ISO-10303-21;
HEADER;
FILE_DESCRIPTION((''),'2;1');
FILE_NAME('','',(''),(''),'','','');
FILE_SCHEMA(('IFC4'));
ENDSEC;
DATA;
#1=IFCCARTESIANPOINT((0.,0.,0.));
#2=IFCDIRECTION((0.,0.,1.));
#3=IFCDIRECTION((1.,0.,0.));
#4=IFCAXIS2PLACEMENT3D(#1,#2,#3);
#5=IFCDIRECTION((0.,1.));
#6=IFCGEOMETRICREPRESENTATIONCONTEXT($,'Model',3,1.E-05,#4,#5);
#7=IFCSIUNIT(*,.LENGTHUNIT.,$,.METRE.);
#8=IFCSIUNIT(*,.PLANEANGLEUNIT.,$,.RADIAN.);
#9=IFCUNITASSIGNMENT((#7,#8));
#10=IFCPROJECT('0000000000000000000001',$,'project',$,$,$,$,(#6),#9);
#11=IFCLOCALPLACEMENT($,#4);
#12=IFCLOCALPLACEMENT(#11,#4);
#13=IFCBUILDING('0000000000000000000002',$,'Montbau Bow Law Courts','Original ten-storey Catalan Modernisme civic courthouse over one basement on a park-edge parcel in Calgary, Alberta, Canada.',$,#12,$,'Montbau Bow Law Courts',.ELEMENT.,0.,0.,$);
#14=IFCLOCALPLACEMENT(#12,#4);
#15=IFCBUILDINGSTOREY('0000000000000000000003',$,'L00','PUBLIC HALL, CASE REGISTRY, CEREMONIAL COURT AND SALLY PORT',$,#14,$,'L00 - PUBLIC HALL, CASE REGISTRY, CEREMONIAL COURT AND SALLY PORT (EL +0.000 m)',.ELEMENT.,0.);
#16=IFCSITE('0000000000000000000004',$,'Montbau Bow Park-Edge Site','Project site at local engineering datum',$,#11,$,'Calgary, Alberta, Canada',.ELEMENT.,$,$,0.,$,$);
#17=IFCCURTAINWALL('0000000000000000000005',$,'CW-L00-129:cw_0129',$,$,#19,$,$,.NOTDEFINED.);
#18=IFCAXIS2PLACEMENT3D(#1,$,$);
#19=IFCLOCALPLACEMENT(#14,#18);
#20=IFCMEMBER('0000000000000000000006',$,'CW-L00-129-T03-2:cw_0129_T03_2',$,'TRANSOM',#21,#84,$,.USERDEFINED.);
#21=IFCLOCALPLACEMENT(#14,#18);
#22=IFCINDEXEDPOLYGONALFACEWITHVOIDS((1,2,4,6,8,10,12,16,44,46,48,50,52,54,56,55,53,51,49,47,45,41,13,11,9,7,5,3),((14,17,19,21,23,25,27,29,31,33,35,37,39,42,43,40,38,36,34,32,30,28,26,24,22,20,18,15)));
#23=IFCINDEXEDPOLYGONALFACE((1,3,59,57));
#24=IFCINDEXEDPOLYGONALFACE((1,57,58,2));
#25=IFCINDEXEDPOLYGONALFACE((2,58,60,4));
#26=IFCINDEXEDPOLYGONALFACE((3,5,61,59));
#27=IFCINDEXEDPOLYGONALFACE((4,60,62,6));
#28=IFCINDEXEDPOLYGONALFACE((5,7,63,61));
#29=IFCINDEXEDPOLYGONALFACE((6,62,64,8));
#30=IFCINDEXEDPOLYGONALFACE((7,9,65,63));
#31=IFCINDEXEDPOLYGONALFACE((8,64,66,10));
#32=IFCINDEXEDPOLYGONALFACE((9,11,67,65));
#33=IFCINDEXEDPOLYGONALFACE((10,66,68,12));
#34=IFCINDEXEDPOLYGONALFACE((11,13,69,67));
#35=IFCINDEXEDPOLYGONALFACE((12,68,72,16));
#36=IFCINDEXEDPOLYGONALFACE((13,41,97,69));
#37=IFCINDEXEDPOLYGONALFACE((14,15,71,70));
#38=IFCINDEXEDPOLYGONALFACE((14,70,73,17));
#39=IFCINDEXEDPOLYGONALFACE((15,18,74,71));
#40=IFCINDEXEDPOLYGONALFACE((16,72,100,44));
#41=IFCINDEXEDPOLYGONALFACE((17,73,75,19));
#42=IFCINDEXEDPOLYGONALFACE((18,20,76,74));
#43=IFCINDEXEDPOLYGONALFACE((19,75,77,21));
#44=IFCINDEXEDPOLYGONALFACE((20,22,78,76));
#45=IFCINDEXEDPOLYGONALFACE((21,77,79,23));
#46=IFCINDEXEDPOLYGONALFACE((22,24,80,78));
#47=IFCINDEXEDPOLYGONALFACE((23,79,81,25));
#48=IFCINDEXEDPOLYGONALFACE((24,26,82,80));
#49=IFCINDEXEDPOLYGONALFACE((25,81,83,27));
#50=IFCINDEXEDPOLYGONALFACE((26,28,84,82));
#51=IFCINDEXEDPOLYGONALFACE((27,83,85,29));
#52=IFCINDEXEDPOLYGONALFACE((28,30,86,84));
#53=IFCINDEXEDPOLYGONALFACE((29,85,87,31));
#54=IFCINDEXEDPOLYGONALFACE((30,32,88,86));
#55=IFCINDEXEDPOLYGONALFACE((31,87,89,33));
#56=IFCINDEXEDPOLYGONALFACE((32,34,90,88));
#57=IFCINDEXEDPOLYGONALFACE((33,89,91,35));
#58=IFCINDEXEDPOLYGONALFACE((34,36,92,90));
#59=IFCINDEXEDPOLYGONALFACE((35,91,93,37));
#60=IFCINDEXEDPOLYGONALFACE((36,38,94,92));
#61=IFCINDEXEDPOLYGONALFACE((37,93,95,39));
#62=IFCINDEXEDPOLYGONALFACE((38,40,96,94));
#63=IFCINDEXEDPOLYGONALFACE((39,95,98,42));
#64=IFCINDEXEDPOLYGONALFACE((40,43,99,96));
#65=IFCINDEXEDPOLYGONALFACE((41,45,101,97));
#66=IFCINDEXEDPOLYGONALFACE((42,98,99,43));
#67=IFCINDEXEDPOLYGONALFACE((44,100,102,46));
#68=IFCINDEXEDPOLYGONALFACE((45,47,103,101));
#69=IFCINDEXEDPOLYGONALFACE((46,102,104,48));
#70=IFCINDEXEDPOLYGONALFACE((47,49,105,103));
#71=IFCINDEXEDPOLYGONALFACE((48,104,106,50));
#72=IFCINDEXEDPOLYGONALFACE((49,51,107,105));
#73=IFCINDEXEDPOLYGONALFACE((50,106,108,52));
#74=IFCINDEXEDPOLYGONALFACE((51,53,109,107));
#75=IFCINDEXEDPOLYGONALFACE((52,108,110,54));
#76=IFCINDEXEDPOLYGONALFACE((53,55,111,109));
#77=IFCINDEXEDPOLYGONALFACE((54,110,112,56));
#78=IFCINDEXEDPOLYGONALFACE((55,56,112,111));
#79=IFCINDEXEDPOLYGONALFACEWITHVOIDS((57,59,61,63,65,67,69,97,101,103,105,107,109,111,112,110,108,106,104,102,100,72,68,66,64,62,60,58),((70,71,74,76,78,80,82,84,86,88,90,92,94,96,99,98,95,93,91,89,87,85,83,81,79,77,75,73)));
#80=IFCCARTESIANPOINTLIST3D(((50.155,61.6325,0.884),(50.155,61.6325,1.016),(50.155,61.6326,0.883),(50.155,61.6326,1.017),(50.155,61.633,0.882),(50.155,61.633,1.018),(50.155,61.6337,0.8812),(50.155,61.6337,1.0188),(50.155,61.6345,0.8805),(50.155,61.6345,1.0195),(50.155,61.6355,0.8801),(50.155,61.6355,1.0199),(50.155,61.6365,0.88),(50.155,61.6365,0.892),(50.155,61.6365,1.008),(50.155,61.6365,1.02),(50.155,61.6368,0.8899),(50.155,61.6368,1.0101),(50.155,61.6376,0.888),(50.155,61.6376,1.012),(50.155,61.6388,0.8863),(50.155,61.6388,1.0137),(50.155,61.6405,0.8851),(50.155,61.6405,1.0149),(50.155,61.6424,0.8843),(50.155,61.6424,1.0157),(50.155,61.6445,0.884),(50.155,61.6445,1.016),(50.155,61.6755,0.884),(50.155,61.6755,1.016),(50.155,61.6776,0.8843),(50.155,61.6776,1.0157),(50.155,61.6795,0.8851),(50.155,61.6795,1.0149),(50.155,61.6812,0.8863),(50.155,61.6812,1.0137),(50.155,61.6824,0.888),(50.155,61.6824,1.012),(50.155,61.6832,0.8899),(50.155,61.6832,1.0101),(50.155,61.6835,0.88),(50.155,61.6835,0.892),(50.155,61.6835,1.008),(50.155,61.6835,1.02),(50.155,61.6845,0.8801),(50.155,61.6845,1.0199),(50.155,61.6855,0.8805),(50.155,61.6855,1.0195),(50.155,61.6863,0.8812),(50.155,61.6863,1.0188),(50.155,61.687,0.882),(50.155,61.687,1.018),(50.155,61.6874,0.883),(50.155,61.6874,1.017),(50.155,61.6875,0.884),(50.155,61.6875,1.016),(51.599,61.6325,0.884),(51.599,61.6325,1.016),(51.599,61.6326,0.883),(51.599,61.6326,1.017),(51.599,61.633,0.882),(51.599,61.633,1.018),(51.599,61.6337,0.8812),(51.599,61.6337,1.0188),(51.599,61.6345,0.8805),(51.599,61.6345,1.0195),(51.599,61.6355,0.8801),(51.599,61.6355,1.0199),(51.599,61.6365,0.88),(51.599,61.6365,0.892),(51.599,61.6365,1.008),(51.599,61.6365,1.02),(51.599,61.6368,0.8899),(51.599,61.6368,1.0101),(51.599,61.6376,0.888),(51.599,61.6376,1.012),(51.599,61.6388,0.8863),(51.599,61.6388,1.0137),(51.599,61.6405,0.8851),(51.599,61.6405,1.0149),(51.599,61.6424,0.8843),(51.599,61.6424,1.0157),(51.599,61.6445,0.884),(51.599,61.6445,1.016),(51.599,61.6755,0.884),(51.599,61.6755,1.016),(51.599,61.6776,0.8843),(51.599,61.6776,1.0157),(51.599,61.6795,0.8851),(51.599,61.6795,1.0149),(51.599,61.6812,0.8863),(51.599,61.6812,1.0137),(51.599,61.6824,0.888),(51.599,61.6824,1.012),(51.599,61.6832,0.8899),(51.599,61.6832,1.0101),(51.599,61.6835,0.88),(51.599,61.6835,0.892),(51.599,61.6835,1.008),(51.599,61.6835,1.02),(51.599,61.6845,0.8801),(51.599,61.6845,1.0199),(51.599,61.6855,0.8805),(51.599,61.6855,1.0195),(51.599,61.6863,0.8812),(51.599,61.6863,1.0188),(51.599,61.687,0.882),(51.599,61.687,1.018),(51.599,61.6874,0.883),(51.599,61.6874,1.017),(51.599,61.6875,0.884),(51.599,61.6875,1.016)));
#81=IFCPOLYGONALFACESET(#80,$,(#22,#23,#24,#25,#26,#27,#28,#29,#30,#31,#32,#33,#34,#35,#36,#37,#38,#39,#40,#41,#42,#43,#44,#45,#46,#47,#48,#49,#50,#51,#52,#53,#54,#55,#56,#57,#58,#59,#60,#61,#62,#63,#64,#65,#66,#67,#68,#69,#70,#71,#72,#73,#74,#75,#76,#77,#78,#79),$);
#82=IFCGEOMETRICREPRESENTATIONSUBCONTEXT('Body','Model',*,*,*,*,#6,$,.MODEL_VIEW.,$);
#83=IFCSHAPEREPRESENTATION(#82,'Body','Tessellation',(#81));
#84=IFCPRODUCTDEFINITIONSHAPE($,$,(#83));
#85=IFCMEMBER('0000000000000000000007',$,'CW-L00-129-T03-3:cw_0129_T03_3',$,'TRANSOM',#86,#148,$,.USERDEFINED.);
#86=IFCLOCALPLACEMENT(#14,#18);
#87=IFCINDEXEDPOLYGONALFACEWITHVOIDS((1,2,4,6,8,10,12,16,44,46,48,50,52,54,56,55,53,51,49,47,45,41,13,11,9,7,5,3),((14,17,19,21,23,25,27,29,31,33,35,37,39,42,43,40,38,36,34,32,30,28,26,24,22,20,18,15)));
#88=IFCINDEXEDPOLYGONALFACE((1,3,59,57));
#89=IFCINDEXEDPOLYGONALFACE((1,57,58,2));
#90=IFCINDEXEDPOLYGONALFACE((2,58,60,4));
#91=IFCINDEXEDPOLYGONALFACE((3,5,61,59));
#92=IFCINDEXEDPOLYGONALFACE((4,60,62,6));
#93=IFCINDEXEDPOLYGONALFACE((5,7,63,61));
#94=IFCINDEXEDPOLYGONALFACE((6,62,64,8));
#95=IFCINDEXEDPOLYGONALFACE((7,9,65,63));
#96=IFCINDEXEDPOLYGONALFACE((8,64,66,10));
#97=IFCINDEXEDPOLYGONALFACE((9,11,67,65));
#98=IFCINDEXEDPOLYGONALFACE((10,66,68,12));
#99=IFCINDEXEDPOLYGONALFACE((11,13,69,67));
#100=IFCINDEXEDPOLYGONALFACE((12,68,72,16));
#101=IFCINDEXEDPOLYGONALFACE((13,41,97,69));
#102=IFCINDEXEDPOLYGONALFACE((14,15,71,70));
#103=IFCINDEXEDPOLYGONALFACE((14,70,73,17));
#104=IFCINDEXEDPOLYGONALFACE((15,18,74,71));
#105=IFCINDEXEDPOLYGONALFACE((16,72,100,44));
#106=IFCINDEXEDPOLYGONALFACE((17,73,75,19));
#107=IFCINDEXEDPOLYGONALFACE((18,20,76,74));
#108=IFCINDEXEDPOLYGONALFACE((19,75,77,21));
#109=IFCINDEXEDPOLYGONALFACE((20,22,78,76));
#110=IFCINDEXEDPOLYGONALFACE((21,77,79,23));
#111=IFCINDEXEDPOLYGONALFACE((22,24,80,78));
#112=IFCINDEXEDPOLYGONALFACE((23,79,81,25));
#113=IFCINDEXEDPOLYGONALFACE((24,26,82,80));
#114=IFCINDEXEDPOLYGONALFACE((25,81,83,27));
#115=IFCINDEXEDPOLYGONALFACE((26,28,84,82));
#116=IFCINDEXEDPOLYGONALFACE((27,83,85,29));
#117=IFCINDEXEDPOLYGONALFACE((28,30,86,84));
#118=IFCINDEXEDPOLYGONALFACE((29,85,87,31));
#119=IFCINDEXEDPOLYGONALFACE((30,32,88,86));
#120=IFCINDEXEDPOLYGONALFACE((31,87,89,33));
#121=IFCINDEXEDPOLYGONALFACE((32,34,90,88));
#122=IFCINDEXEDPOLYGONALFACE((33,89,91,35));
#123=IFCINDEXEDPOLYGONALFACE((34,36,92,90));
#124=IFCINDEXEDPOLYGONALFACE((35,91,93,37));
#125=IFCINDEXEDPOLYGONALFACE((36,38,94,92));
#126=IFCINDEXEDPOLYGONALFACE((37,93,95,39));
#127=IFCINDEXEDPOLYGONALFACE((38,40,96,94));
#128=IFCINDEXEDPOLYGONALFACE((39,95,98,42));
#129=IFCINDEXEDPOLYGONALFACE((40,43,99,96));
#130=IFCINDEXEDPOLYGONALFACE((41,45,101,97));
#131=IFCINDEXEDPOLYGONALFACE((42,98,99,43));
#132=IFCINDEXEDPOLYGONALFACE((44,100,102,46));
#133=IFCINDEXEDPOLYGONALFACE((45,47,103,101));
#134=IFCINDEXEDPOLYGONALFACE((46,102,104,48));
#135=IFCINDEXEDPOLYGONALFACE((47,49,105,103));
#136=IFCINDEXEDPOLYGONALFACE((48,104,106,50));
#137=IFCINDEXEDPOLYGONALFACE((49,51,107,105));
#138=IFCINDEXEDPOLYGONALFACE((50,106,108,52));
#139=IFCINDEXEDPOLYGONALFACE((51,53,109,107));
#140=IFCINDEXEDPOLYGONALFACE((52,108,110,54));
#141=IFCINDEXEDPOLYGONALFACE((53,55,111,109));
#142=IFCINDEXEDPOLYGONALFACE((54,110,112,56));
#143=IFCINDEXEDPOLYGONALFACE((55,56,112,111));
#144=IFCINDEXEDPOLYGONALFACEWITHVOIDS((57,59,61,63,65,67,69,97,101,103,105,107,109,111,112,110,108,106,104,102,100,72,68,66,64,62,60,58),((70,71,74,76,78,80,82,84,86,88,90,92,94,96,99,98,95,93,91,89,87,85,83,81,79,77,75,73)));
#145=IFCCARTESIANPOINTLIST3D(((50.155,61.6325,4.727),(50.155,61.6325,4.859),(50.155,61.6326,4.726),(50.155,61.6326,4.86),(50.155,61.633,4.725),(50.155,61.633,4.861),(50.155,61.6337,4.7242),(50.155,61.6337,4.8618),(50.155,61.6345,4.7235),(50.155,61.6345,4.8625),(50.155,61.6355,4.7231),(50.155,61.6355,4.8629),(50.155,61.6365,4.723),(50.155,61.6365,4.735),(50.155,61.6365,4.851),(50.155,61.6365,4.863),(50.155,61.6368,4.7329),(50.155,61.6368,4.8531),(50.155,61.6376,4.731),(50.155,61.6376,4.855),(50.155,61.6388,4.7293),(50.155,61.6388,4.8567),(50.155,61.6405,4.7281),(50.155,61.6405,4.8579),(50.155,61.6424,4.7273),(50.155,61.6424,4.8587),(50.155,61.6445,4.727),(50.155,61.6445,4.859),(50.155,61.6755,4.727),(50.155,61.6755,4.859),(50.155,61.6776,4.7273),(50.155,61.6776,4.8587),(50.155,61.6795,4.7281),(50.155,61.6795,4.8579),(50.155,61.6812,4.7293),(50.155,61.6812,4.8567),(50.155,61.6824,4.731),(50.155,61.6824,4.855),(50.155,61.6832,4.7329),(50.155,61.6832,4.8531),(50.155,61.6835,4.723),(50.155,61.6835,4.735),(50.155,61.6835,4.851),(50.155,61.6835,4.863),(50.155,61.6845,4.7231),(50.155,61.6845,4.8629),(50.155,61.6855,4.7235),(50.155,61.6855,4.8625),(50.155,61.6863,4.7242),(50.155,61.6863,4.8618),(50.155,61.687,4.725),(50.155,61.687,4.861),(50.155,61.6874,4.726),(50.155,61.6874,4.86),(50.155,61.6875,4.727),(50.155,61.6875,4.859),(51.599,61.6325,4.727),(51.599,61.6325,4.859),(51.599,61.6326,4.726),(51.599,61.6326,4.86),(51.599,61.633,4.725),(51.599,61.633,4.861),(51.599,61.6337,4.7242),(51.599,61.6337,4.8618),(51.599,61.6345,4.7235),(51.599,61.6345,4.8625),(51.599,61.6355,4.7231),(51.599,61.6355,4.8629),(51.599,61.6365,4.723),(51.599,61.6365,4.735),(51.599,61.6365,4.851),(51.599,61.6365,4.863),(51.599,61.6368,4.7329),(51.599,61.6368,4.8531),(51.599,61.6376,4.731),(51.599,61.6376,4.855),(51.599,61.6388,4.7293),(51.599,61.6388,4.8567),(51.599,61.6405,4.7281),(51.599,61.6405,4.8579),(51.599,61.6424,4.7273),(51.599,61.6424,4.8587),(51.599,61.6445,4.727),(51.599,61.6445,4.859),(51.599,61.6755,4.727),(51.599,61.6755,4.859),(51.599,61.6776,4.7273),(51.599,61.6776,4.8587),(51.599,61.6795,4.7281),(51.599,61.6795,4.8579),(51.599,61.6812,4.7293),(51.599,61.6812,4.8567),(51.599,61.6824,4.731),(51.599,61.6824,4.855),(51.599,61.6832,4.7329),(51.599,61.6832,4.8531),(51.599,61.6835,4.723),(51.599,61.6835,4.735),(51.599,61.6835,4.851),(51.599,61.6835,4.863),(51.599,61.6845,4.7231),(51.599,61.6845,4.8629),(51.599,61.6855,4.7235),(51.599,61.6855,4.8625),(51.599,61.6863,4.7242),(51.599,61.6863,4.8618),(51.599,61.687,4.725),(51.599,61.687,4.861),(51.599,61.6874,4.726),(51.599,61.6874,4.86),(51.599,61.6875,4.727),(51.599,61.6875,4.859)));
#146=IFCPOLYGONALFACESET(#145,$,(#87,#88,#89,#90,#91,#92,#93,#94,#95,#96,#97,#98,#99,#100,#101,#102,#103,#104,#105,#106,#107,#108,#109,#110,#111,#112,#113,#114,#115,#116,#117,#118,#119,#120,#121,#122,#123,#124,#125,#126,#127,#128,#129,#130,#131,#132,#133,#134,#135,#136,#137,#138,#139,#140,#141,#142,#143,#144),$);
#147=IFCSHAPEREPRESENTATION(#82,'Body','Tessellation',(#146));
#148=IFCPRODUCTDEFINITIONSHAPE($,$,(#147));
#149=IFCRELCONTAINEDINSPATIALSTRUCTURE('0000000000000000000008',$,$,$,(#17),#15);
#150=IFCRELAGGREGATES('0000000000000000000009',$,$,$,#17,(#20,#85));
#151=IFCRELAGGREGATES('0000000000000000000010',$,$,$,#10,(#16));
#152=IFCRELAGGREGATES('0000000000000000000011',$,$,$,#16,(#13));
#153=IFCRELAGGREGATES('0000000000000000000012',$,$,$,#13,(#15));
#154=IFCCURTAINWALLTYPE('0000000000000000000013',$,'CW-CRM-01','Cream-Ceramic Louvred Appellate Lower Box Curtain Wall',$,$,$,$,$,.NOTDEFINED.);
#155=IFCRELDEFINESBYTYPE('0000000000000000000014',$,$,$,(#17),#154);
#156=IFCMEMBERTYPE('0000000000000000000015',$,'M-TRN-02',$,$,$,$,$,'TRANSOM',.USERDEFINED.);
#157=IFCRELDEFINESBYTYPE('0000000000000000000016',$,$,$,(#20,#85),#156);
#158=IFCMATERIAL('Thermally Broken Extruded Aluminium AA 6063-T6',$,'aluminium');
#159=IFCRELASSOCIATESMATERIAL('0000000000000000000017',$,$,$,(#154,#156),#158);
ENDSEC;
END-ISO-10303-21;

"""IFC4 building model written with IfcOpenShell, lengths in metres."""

from ifc_helpers import new_model, si_unit, direction, frame, origin_with_axes, origin_2d_with_axis, place, context, subcontext, project, spatial, hollow_rectangle, extrude, material, material_profile, profile_set, type_object, element, aggregate, save


model = new_model("IFC4")

# Units and contexts
model_context = context("Model", 3, precision=1e-05, world=origin_with_axes(), true_north=direction((0.0, 1.0)))
body_context = subcontext(model_context, "Body", "Model", "MODEL_VIEW")
ifc_project = project(units=[si_unit("LENGTHUNIT", "METRE"), si_unit("PLANEANGLEUNIT", "RADIAN")], contexts=[model_context])

# Site, building, storey
site_placement = place(None, origin_with_axes())
site = spatial("IfcSite", under=ifc_project, at=site_placement, Name="Montbau Bow Park-Edge Site", Description="Project site at local engineering datum", LongName="Calgary, Alberta, Canada", CompositionType="ELEMENT", RefElevation=0.0)
building_placement = place(site_placement, origin_with_axes())
building = spatial("IfcBuilding", under=site, at=building_placement, Name="Montbau Bow Law Courts", Description="Original ten-storey Catalan Modernisme civic courthouse over one basement on a park-edge parcel in Calgary, Alberta, Canada.", LongName="Montbau Bow Law Courts", CompositionType="ELEMENT", ElevationOfRefHeight=0.0, ElevationOfTerrain=0.0)
storey_placement = place(building_placement, origin_with_axes())
storey = spatial("IfcBuildingStorey", under=building, at=storey_placement, Name="L00", Description="PUBLIC HALL, CASE REGISTRY, CEREMONIAL COURT AND SALLY PORT", LongName="L00 - PUBLIC HALL, CASE REGISTRY, CEREMONIAL COURT AND SALLY PORT (EL +0.000 m)", CompositionType="ELEMENT", Elevation=0.0)

# Curtain wall, members
ifc_material_1 = material(Name="Thermally Broken Extruded Aluminium AA 6063-T6", Category="aluminium")
curtain_wall_type = type_object("IfcCurtainWallType", Name="CW-CRM-01", Description="Cream-Ceramic Louvred Appellate Lower Box Curtain Wall", PredefinedType="NOTDEFINED", material=ifc_material_1)
curtain_wall_placement = place(None, frame((47.068, 61.66, 0.0), z_axis=(0.0, 0.0, 1.0), x_axis=(1.0, 0.0, 0.0)))
curtain_wall = element("IfcCurtainWall", 1, at=curtain_wall_placement, inside=storey, type_object=curtain_wall_type, Name="CW-L00-129:cw_0129", PredefinedType="NOTDEFINED")
ifc_material_profile_1 = material_profile(ifc_material_1, hollow_rectangle(XDim=0.055, YDim=0.14, WallThickness=0.004, InnerFilletRadius=0.008, OuterFilletRadius=0.004, at=origin_2d_with_axis()), Name="CWT-140X55", Category="Main", Priority=0)
ifc_profile_set_1 = profile_set([ifc_material_profile_1], Name="Thermally Broken Extruded Aluminium AA 6063-T6")
member_type_1 = type_object("IfcMemberType", Name="M-TRN-02", ElementType="TRANSOM", PredefinedType="USERDEFINED", material=ifc_profile_set_1)
member_1_placement = place(None, frame((50.155, 61.66, 0.95), z_axis=(1.0, 0.0, 0.0), x_axis=(0.0, 1.0, 0.0)))
member_1 = element("IfcMember", 2, at=member_1_placement, type_object=member_type_1, Name="CW-L00-129-T03-2:cw_0129_T03_2", ObjectType="TRANSOM", PredefinedType="USERDEFINED", context=body_context, shape_type="SweptSolid", body=[
    extrude(hollow_rectangle(XDim=0.055, YDim=0.14, WallThickness=0.004, InnerFilletRadius=0.008, OuterFilletRadius=0.004, at=origin_2d_with_axis()), origin_with_axes(), (0.0, 0.0, 1.0), 1.444),
])
member_2_placement = place(None, frame((50.155, 61.66, 4.793), z_axis=(1.0, 0.0, 0.0), x_axis=(0.0, 1.0, 0.0)))
member_2 = element("IfcMember", 3, at=member_2_placement, type_object=member_type_1, Name="CW-L00-129-T03-3:cw_0129_T03_3", ObjectType="TRANSOM", PredefinedType="USERDEFINED", context=body_context, shape_type="SweptSolid", body=[
    extrude(hollow_rectangle(XDim=0.055, YDim=0.14, WallThickness=0.004, InnerFilletRadius=0.008, OuterFilletRadius=0.004, at=origin_2d_with_axis()), origin_with_axes(), (0.0, 0.0, 1.0), 1.444),
])
aggregate(curtain_wall, [member_1, member_2])

save(model, "model.ifc")
